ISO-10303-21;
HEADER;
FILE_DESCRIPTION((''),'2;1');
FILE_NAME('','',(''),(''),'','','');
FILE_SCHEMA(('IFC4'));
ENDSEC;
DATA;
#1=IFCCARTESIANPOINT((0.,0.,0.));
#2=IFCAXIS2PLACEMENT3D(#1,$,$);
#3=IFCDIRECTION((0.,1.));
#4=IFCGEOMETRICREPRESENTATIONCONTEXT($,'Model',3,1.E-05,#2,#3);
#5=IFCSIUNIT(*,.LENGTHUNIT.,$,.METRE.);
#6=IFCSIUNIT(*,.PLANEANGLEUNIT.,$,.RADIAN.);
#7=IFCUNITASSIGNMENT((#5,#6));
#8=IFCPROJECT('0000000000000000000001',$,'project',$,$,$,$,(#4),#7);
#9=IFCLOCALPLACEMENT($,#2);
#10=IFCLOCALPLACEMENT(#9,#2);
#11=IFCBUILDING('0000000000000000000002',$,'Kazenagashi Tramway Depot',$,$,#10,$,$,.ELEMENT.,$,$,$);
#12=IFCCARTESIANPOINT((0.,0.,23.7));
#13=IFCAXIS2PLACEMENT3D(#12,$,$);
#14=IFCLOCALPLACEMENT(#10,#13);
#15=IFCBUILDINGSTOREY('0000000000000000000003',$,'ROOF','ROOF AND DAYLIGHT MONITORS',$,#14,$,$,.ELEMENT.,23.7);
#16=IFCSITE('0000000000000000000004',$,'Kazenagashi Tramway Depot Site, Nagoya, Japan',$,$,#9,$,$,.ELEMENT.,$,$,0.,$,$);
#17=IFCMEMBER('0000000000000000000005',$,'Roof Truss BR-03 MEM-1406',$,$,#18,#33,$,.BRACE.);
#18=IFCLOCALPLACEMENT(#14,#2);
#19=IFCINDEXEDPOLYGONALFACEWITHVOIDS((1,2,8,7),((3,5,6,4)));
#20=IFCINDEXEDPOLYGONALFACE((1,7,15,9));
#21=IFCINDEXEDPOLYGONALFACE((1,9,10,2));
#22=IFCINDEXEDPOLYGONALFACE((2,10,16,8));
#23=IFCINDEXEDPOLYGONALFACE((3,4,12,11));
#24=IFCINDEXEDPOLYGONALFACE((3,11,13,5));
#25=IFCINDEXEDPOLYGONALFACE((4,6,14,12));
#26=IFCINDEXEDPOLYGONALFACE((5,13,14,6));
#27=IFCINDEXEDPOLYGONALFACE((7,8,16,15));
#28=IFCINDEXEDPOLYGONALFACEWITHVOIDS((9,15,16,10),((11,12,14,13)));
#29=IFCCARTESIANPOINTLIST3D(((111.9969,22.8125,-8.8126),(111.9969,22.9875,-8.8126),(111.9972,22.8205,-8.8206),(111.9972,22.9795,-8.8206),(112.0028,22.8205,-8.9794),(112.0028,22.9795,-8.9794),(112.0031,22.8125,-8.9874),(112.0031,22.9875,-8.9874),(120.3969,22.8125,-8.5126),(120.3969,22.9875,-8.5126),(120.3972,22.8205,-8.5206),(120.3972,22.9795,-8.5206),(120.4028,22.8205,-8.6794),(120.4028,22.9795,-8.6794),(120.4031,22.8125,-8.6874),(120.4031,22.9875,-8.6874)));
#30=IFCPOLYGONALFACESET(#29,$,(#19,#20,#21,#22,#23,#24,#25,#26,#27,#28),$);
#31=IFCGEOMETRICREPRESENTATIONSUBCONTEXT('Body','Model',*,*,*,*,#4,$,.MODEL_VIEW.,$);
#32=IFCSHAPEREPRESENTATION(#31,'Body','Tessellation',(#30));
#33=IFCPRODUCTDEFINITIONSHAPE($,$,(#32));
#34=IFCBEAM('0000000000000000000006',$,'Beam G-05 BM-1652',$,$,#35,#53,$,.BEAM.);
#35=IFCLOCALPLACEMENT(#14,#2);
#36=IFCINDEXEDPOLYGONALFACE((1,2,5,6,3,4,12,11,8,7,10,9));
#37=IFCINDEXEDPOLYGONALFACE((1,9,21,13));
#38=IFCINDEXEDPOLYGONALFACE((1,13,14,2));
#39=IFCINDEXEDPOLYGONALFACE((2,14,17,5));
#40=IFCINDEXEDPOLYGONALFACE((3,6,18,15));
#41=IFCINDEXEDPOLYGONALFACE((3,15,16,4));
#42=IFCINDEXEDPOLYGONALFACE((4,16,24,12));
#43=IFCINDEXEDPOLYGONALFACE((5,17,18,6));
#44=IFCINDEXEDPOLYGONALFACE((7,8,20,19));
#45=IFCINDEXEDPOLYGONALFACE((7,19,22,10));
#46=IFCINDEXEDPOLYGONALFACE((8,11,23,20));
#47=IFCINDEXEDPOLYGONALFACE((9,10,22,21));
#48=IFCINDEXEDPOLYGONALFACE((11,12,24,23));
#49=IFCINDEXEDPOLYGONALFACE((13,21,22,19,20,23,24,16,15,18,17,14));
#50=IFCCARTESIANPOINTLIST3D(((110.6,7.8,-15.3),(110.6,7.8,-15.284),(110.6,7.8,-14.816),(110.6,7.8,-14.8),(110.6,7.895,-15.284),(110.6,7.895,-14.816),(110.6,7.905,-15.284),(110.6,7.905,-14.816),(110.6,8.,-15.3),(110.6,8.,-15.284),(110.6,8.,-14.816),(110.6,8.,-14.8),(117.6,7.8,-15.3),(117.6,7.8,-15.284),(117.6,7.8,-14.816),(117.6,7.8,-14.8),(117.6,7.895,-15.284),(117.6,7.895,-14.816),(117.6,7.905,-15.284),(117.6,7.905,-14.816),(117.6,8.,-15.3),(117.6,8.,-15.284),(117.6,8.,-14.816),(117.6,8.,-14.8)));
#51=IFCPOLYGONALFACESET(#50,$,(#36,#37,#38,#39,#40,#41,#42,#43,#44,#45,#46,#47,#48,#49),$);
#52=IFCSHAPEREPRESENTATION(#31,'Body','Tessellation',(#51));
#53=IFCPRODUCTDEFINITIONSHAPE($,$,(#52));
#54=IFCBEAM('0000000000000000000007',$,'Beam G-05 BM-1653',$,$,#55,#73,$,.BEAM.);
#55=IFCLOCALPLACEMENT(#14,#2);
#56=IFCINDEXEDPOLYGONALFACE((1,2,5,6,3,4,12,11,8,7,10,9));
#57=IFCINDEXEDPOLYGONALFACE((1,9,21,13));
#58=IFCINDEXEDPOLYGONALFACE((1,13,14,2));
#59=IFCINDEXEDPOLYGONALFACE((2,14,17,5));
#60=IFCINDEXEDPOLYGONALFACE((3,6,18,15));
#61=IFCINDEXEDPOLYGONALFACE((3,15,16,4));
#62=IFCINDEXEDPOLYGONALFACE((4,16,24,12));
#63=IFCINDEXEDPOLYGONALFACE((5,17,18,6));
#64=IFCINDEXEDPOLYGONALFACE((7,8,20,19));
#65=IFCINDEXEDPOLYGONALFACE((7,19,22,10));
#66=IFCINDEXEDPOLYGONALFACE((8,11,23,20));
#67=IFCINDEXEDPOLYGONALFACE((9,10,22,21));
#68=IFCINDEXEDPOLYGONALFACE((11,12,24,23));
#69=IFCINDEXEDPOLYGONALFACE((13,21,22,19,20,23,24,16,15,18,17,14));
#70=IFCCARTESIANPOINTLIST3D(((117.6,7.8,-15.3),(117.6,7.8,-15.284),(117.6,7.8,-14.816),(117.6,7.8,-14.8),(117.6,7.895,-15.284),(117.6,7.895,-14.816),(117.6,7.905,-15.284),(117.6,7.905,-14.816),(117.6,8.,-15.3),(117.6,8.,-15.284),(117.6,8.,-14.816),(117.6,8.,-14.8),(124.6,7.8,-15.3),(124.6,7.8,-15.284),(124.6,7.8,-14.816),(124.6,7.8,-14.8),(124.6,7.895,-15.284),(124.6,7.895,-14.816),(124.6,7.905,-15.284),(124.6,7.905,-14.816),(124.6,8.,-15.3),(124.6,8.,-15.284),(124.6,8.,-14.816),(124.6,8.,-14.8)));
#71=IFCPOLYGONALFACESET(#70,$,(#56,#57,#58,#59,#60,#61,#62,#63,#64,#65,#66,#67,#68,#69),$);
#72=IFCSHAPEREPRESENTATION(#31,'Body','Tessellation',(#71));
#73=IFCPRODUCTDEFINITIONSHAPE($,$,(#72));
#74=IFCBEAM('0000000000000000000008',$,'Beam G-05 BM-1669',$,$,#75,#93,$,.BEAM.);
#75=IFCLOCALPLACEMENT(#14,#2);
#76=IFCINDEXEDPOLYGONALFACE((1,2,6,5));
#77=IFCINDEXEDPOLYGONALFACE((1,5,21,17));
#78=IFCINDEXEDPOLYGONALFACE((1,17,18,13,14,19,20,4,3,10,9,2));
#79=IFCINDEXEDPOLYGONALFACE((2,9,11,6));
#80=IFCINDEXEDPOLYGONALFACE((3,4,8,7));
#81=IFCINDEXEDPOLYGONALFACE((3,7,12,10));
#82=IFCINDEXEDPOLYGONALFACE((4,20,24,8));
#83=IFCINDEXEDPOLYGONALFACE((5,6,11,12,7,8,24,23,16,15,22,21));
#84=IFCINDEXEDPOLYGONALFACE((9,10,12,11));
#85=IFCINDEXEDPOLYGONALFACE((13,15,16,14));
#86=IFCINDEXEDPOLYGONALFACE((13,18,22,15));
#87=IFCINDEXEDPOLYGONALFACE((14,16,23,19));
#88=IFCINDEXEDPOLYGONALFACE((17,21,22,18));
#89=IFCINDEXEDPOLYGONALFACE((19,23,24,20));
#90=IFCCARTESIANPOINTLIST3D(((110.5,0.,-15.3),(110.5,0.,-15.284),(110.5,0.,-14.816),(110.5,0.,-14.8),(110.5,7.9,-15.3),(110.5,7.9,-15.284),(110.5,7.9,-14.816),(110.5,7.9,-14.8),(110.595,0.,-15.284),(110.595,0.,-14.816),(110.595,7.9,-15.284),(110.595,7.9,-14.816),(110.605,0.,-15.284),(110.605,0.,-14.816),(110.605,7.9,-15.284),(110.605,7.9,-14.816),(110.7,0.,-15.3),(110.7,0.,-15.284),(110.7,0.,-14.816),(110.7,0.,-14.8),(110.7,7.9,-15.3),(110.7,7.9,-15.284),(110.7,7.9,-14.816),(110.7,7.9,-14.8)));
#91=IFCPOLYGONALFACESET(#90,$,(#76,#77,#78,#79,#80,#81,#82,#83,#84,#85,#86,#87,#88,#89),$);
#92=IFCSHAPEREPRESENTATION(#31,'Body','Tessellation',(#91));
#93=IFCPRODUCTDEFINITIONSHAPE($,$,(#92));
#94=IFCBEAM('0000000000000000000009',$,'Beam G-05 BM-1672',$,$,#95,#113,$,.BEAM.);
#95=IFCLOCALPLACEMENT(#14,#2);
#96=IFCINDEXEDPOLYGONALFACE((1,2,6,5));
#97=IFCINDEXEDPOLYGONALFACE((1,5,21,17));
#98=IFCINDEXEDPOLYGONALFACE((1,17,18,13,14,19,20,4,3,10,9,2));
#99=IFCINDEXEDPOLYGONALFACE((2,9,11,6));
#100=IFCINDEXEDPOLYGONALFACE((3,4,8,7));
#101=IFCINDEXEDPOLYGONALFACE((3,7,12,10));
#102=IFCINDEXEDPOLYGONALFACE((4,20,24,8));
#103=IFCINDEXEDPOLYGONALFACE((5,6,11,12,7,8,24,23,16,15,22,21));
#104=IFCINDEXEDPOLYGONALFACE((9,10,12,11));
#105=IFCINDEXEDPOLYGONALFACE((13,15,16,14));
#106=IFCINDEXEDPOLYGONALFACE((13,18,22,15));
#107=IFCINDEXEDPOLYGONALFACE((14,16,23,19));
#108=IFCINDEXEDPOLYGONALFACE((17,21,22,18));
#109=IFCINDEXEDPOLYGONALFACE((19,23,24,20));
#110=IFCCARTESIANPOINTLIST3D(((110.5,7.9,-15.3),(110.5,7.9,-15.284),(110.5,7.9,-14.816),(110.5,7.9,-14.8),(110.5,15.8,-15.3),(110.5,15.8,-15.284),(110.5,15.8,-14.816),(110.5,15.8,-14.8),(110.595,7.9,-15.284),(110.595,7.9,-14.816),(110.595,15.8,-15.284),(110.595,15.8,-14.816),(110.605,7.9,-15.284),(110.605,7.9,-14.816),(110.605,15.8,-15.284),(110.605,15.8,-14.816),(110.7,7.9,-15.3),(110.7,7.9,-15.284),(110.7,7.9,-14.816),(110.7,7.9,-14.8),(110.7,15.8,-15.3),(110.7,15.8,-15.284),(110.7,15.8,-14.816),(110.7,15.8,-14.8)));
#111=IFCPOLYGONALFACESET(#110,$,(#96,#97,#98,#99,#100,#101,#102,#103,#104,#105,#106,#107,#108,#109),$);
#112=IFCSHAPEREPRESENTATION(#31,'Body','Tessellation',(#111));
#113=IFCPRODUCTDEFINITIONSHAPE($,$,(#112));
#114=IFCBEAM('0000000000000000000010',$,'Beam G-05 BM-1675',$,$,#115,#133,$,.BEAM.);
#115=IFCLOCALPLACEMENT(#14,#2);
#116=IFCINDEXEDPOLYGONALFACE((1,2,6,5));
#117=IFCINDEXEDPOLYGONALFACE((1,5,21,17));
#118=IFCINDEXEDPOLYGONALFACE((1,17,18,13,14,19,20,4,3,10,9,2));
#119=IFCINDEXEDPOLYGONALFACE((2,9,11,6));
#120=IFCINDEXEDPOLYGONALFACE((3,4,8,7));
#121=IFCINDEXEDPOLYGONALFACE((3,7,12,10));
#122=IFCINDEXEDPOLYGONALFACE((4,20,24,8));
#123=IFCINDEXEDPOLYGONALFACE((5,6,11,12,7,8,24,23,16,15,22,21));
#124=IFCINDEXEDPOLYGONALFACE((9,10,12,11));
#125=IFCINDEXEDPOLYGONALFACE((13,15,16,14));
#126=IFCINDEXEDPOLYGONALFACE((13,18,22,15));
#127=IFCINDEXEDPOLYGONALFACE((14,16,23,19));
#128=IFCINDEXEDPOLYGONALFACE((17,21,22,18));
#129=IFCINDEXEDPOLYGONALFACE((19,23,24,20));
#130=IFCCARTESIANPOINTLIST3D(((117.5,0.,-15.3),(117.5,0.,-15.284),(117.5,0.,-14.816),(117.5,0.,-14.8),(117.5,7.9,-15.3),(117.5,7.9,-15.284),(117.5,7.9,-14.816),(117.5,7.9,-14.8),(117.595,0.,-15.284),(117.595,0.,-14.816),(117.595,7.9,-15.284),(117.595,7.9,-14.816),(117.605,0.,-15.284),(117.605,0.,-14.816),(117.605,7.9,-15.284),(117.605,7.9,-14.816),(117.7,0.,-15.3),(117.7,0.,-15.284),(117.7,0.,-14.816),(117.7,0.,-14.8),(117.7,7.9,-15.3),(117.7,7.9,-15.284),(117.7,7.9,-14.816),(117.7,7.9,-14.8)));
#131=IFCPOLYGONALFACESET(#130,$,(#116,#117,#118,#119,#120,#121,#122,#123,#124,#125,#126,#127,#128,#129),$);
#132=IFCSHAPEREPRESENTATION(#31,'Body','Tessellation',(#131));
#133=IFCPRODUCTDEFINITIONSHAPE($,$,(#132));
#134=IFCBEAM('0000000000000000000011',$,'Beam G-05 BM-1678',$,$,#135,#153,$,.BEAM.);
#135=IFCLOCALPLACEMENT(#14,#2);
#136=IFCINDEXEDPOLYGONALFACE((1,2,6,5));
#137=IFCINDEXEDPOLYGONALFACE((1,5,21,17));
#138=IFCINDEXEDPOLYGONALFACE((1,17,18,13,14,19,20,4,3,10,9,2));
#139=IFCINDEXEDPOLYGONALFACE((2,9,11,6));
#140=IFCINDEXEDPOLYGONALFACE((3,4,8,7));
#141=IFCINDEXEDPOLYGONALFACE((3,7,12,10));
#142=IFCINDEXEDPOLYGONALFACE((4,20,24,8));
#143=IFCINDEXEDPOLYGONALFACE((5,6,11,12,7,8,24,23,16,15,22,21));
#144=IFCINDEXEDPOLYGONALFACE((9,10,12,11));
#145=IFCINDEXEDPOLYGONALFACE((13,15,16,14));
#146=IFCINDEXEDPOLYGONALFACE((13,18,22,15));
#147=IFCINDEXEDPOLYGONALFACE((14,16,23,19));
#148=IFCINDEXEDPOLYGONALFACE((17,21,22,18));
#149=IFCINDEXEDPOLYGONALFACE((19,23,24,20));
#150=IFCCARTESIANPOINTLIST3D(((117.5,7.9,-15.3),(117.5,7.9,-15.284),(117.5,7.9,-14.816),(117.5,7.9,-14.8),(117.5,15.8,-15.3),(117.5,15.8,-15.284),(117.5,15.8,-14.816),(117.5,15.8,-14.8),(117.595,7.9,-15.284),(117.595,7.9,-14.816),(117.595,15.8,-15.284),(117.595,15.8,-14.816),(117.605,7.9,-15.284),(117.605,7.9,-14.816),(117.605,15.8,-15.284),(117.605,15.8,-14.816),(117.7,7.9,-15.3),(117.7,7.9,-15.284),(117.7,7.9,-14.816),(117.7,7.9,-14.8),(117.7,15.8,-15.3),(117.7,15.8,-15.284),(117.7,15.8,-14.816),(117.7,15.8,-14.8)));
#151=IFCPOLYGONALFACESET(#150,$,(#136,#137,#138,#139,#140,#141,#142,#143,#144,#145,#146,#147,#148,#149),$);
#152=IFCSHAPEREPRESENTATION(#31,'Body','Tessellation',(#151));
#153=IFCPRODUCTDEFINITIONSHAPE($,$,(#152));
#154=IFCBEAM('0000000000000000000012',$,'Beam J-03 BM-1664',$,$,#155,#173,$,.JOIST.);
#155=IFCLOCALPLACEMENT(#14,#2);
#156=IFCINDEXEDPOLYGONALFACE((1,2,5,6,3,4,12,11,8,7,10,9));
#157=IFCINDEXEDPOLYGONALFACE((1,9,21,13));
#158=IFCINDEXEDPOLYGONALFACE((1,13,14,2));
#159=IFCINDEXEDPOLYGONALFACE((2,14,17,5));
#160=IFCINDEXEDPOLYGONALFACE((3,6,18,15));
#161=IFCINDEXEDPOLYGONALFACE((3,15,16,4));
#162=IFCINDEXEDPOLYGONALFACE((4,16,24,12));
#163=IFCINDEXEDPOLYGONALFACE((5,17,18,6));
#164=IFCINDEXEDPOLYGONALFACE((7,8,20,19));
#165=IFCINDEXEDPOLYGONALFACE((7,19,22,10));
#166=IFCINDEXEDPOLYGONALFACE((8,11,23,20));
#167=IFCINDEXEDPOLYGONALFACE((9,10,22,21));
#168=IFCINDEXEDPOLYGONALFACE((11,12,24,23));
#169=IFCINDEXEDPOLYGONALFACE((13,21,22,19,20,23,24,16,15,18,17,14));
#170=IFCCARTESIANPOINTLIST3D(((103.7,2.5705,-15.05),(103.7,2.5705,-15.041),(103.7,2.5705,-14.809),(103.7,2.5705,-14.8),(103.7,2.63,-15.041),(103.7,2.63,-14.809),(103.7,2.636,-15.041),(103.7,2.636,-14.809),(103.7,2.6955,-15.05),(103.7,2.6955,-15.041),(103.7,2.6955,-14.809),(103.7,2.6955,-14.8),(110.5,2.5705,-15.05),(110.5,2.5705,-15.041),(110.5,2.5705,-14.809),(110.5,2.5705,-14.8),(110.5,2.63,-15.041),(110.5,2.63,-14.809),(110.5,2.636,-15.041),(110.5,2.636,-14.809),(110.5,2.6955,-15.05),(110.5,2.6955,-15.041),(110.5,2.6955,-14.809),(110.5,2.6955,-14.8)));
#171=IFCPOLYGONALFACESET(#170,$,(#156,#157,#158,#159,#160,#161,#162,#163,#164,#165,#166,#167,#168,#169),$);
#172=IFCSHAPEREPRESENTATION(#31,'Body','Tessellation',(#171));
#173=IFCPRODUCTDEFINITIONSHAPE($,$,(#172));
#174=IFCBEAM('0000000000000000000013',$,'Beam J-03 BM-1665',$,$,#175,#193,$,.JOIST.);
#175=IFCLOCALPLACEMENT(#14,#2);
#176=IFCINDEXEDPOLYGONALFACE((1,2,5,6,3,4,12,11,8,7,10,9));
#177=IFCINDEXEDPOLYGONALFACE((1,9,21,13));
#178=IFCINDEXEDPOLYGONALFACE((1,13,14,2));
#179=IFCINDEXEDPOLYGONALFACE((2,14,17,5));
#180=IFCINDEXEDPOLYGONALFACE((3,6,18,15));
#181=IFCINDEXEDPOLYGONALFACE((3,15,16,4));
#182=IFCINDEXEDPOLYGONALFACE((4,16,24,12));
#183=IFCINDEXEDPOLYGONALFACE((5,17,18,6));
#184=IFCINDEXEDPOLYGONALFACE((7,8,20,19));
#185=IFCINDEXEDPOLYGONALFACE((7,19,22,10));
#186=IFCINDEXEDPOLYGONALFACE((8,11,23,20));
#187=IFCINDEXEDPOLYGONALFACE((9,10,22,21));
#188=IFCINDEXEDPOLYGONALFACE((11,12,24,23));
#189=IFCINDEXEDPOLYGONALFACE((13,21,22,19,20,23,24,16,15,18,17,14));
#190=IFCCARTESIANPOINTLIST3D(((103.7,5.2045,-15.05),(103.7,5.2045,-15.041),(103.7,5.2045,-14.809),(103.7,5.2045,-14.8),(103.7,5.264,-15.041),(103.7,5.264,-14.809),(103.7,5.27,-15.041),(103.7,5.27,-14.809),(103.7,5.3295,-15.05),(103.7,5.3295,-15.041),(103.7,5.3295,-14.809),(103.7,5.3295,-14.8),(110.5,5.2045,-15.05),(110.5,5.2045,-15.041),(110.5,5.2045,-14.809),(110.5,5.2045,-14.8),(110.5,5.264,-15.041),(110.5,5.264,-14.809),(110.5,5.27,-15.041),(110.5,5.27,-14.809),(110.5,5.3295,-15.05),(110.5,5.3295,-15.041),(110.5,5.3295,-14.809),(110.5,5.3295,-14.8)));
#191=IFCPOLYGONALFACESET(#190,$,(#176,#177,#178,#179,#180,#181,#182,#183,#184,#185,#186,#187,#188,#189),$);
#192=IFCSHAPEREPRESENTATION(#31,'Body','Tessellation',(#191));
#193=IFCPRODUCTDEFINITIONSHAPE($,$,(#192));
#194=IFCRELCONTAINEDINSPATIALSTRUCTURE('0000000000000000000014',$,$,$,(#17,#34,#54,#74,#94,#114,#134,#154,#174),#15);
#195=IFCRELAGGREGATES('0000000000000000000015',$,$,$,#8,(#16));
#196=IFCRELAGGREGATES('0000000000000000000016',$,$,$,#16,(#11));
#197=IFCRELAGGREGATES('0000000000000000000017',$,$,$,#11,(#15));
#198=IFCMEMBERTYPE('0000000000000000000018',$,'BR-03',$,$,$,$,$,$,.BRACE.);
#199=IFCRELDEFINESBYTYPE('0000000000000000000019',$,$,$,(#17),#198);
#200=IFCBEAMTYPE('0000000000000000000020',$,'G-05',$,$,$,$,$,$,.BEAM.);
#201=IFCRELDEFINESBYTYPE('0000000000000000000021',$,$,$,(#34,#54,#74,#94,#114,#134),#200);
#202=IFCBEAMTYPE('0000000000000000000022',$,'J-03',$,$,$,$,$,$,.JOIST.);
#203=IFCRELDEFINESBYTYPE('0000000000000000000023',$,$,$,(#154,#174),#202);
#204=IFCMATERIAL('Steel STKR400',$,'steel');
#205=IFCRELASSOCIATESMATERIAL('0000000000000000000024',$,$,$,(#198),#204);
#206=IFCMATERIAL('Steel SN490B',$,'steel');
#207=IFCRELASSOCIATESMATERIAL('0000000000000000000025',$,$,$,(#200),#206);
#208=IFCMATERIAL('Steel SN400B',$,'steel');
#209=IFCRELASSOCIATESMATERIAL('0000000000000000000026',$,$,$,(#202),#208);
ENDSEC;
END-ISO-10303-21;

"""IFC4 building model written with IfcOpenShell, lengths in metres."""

from ifc_helpers import new_model, si_unit, direction, frame, origin, origin_2d, place, context, subcontext, project, spatial, hollow_rectangle, i_section, extrude, material, material_profile, profile_set, type_object, element, save


model = new_model("IFC4")

# Units and contexts
model_context = context("Model", 3, precision=1e-05, world=origin(), true_north=direction((0.0, 1.0)))
body_context = subcontext(model_context, "Body", "Model", "MODEL_VIEW")
ifc_project = project(units=[si_unit("LENGTHUNIT", "METRE"), si_unit("PLANEANGLEUNIT", "RADIAN")], contexts=[model_context])

# Site, building, storey
site_placement = place(None, origin())
site = spatial("IfcSite", under=ifc_project, at=site_placement, Name="Kazenagashi Tramway Depot Site, Nagoya, Japan", CompositionType="ELEMENT", RefElevation=0.0)
building_placement = place(site_placement, origin())
building = spatial("IfcBuilding", under=site, at=building_placement, Name="Kazenagashi Tramway Depot", CompositionType="ELEMENT")
storey_placement = place(building_placement, frame((0.0, 0.0, 23.7)))
storey = spatial("IfcBuildingStorey", under=building, at=storey_placement, Name="ROOF", Description="ROOF AND DAYLIGHT MONITORS", CompositionType="ELEMENT", Elevation=23.7)

# Member
ifc_material_1 = material(Name="Steel STKR400", Category="steel")
ifc_material_profile_1 = material_profile(ifc_material_1, hollow_rectangle(XDim=0.175, YDim=0.175, WallThickness=0.008, at=origin_2d()), Name="SHS-175x175x8")
ifc_profile_set_1 = profile_set([ifc_material_profile_1], Name="Steel STKR400")
member_type_1 = type_object("IfcMemberType", Name="BR-03", PredefinedType="BRACE", material=ifc_profile_set_1)
member_1_placement = place(storey_placement, frame((112.0, 22.9, -8.9), z_axis=(0.999363, 0.0, 0.035692), x_axis=(0.0, 1.0, 0.0)))
element("IfcMember", 1, at=member_1_placement, inside=storey, type_object=member_type_1, Name="Roof Truss BR-03 MEM-1406", PredefinedType="BRACE", context=body_context, shape_type="SweptSolid", body=[
    extrude(hollow_rectangle(XDim=0.175, YDim=0.175, WallThickness=0.008, at=origin_2d()), origin(), (0.0, 0.0, 1.0), 8.4054),
])

# Beams
ifc_material_2 = material(Name="Steel SN490B", Category="steel")
ifc_material_profile_2 = material_profile(ifc_material_2, i_section(OverallWidth=0.2, OverallDepth=0.5, WebThickness=0.01, FlangeThickness=0.016, at=origin_2d()), Name="H-500x200x10x16")
ifc_profile_set_2 = profile_set([ifc_material_profile_2], Name="Steel SN490B")
beam_type_1 = type_object("IfcBeamType", Name="G-05", PredefinedType="BEAM", material=ifc_profile_set_2)
for number, where, z_axis, x_axis, name in (
    (2, (110.6, 7.9, -15.05), (1.0, 0.0, 0.0), (0.0, 1.0, 0.0), "Beam G-05 BM-1652"),
    (3, (117.6, 7.9, -15.05), (1.0, 0.0, 0.0), (0.0, 1.0, 0.0), "Beam G-05 BM-1653"),
):
    element("IfcBeam", number, at=place(storey_placement, frame(where, z_axis=z_axis, x_axis=x_axis)), inside=storey, type_object=beam_type_1, Name=name, PredefinedType="BEAM", context=body_context, shape_type="SweptSolid", body=[
        extrude(i_section(OverallWidth=0.2, OverallDepth=0.5, WebThickness=0.01, FlangeThickness=0.016, at=origin_2d()), origin(), (0.0, 0.0, 1.0), 7.0),
    ])
for number, where, z_axis, x_axis, name in (
    (4, (110.6, 0.0, -15.05), (0.0, 1.0, 0.0), (-1.0, 0.0, 0.0), "Beam G-05 BM-1669"),
    (5, (110.6, 7.9, -15.05), (0.0, 1.0, 0.0), (-1.0, 0.0, 0.0), "Beam G-05 BM-1672"),
    (6, (117.6, 0.0, -15.05), (0.0, 1.0, 0.0), (-1.0, 0.0, 0.0), "Beam G-05 BM-1675"),
    (7, (117.6, 7.9, -15.05), (0.0, 1.0, 0.0), (-1.0, 0.0, 0.0), "Beam G-05 BM-1678"),
):
    element("IfcBeam", number, at=place(storey_placement, frame(where, z_axis=z_axis, x_axis=x_axis)), inside=storey, type_object=beam_type_1, Name=name, PredefinedType="BEAM", context=body_context, shape_type="SweptSolid", body=[
        extrude(i_section(OverallWidth=0.2, OverallDepth=0.5, WebThickness=0.01, FlangeThickness=0.016, at=origin_2d()), origin(), (0.0, 0.0, 1.0), 7.9),
    ])
ifc_material_3 = material(Name="Steel SN400B", Category="steel")
ifc_material_profile_3 = material_profile(ifc_material_3, i_section(OverallWidth=0.125, OverallDepth=0.25, WebThickness=0.006, FlangeThickness=0.009, at=origin_2d()), Name="H-250x125x6x9")
ifc_profile_set_3 = profile_set([ifc_material_profile_3], Name="Steel SN400B")
beam_type_2 = type_object("IfcBeamType", Name="J-03", PredefinedType="JOIST", material=ifc_profile_set_3)
for number, where, z_axis, x_axis, name in (
    (8, (103.7, 2.633, -14.925), (1.0, 0.0, 0.0), (0.0, 1.0, 0.0), "Beam J-03 BM-1664"),
    (9, (103.7, 5.267, -14.925), (1.0, 0.0, 0.0), (0.0, 1.0, 0.0), "Beam J-03 BM-1665"),
):
    element("IfcBeam", number, at=place(storey_placement, frame(where, z_axis=z_axis, x_axis=x_axis)), inside=storey, type_object=beam_type_2, Name=name, PredefinedType="JOIST", context=body_context, shape_type="SweptSolid", body=[
        extrude(i_section(OverallWidth=0.125, OverallDepth=0.25, WebThickness=0.006, FlangeThickness=0.009, at=origin_2d()), origin(), (0.0, 0.0, 1.0), 6.8),
    ])

save(model, "model.ifc")
